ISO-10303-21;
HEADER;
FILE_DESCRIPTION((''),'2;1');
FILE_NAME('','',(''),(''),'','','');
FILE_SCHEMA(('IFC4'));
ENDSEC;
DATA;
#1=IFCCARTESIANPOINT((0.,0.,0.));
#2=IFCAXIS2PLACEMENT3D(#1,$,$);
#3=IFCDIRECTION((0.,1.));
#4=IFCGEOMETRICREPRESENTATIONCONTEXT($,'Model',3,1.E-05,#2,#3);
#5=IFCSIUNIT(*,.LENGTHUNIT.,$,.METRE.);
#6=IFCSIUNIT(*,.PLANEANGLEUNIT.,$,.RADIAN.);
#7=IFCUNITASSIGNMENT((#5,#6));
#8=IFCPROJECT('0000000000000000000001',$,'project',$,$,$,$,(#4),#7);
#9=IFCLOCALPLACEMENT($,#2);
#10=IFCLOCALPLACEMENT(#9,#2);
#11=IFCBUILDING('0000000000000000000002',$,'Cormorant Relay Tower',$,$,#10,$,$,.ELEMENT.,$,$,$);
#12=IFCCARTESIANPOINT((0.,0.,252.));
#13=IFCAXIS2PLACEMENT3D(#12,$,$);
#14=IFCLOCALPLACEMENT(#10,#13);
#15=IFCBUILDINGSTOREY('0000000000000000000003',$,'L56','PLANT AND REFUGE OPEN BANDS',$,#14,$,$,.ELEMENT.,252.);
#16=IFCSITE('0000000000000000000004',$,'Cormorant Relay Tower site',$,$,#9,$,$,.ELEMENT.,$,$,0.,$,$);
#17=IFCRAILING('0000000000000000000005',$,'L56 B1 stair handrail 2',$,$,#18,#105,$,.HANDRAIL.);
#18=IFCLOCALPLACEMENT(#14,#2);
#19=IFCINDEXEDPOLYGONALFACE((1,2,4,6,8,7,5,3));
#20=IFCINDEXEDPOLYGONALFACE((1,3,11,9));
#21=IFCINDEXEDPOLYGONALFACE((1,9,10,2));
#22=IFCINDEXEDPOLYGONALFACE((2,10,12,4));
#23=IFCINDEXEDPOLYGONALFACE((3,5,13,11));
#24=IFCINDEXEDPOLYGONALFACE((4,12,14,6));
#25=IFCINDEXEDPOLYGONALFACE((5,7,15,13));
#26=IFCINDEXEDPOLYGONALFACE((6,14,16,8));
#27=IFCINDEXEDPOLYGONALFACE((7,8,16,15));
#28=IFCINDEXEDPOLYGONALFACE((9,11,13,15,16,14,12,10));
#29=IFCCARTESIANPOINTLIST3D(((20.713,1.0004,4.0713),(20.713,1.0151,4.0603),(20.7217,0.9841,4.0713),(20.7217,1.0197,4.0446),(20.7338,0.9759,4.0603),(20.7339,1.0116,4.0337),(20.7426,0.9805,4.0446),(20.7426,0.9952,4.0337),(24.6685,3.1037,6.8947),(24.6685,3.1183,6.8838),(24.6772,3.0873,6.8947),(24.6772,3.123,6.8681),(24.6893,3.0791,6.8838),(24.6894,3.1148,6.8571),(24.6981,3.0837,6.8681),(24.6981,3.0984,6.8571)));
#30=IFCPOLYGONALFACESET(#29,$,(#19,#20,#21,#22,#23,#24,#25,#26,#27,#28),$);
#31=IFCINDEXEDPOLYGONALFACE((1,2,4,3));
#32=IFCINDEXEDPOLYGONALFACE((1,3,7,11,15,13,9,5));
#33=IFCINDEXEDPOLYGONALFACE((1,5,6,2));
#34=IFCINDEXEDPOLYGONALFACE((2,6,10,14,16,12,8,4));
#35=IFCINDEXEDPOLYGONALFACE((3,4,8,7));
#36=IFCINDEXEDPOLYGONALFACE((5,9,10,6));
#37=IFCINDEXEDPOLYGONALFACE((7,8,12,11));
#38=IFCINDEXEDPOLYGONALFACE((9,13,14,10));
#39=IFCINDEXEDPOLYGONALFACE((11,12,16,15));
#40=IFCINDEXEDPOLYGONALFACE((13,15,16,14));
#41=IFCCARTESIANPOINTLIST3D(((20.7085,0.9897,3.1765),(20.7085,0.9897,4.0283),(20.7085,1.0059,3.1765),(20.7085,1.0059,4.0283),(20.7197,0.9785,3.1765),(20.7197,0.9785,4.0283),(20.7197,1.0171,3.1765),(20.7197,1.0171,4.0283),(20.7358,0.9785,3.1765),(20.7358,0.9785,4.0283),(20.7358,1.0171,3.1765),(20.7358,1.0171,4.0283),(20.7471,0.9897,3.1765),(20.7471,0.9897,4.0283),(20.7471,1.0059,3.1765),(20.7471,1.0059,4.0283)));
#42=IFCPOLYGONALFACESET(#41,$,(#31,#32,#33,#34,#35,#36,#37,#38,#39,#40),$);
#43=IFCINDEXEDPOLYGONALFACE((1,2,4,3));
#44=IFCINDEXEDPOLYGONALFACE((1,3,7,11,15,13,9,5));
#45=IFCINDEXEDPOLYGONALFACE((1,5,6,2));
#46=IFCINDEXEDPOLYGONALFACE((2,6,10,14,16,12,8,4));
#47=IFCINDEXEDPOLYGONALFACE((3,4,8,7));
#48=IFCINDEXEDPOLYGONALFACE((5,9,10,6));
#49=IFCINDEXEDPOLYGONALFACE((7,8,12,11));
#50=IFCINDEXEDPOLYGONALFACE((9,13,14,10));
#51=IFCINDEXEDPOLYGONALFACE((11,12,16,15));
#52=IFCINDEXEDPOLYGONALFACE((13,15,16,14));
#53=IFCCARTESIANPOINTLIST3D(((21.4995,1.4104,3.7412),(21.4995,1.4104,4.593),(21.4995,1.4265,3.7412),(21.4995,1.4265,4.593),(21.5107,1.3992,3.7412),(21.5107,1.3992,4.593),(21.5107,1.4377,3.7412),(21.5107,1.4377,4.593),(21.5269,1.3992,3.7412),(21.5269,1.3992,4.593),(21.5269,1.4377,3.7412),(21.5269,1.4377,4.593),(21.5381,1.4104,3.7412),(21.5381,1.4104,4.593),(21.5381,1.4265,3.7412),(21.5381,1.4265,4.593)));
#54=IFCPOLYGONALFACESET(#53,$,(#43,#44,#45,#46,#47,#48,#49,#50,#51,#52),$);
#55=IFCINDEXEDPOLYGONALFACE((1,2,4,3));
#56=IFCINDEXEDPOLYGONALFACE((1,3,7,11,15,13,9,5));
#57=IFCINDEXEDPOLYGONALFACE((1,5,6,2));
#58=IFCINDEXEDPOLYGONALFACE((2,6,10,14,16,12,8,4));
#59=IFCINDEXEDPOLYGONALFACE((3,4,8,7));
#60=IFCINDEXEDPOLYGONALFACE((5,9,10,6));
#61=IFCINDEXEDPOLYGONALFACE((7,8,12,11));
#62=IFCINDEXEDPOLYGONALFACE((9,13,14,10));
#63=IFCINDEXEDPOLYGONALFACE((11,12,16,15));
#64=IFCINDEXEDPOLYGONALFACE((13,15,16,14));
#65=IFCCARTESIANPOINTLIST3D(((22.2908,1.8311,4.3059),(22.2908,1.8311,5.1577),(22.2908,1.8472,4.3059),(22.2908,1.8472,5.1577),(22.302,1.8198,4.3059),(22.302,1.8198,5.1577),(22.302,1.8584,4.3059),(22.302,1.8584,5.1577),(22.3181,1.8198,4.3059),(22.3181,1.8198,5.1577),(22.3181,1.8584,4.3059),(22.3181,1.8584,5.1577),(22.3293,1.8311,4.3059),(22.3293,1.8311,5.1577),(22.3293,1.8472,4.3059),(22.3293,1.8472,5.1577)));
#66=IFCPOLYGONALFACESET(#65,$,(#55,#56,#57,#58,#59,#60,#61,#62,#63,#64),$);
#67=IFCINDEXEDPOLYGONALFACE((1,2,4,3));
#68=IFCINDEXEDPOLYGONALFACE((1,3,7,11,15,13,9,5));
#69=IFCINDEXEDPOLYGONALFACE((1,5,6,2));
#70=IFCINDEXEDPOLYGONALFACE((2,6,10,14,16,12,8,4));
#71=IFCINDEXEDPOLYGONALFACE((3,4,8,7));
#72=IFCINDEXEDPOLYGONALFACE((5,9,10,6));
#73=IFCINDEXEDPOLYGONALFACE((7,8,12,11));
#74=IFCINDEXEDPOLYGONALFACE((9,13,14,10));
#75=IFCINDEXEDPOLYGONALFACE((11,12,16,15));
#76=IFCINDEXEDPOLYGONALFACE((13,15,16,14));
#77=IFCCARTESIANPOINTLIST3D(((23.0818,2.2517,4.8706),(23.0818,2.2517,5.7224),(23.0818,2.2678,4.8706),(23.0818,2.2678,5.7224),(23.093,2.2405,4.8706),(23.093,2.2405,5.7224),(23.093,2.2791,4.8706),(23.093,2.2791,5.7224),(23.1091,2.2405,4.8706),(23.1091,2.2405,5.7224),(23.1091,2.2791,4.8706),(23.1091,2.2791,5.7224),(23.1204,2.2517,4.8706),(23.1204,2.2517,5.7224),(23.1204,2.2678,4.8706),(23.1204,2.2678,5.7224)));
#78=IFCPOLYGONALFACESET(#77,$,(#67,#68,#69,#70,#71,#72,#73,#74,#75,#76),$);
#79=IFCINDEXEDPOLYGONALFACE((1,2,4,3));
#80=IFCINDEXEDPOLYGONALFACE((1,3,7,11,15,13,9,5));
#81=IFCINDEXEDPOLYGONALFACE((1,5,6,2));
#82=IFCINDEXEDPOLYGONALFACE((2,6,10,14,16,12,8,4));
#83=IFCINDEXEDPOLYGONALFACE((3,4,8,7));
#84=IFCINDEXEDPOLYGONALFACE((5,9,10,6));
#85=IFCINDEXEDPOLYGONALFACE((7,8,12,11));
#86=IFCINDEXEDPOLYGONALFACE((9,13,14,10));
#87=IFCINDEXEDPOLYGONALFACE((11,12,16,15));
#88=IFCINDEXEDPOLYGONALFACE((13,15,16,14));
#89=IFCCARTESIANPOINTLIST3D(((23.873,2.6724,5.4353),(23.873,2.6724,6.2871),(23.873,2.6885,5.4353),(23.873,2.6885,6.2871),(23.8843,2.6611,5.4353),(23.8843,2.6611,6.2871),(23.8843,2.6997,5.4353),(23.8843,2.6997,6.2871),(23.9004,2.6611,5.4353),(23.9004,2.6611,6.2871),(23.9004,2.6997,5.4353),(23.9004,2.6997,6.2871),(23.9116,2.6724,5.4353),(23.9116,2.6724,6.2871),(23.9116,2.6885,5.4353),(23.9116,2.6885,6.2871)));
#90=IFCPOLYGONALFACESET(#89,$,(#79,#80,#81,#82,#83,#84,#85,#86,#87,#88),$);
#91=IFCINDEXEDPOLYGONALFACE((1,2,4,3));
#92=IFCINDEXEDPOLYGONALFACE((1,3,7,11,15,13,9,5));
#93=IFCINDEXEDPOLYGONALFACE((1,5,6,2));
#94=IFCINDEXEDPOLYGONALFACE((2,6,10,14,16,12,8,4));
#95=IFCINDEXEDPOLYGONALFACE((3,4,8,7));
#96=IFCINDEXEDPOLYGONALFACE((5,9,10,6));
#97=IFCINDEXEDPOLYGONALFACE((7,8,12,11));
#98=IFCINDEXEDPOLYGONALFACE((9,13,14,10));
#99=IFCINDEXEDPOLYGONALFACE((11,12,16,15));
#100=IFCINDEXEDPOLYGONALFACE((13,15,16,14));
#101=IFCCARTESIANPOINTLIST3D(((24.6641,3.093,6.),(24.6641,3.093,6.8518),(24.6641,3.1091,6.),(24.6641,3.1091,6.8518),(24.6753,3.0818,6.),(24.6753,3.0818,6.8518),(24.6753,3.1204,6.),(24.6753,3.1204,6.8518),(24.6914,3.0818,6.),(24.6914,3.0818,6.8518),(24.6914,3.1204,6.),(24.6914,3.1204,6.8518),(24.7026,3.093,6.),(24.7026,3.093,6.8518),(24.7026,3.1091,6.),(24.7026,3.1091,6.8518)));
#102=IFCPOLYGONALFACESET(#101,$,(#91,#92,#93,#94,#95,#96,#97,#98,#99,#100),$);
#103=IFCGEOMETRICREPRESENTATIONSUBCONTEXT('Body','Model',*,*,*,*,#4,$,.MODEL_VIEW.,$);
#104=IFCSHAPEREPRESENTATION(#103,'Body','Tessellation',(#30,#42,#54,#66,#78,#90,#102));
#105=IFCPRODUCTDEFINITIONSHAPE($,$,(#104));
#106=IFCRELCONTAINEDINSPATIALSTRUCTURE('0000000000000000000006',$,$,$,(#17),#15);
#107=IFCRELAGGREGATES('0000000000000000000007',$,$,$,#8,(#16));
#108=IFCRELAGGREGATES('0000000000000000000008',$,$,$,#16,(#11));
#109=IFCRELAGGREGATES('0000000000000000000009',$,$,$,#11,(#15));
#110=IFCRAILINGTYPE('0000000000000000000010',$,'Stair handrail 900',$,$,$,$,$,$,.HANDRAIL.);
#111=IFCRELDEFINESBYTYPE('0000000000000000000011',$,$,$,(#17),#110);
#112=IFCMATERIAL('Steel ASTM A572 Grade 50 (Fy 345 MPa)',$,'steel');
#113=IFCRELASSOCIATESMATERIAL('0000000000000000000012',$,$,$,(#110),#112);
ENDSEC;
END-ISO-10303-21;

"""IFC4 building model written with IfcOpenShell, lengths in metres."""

from ifc_helpers import new_model, si_unit, direction, frame, origin, place, context, subcontext, project, spatial, polyline, outline, extrude, material, type_object, element, save


model = new_model("IFC4")

# Units and contexts
model_context = context("Model", 3, precision=1e-05, world=origin(), true_north=direction((0.0, 1.0)))
body_context = subcontext(model_context, "Body", "Model", "MODEL_VIEW")
ifc_project = project(units=[si_unit("LENGTHUNIT", "METRE"), si_unit("PLANEANGLEUNIT", "RADIAN")], contexts=[model_context])

# Site, building, storey
site_placement = place(None, origin())
site = spatial("IfcSite", under=ifc_project, at=site_placement, Name="Cormorant Relay Tower site", CompositionType="ELEMENT", RefElevation=0.0)
building_placement = place(site_placement, origin())
building = spatial("IfcBuilding", under=site, at=building_placement, Name="Cormorant Relay Tower", CompositionType="ELEMENT")
storey_placement = place(building_placement, frame((0.0, 0.0, 252.0)))
storey = spatial("IfcBuildingStorey", under=building, at=storey_placement, Name="L56", Description="PLANT AND REFUGE OPEN BANDS", CompositionType="ELEMENT", Elevation=252.0)

# Railing
ifc_material_1 = material(Name="Steel ASTM A572 Grade 50 (Fy 345 MPa)", Category="steel")
railing_type_1 = type_object("IfcRailingType", Name="Stair handrail 900", PredefinedType="HANDRAIL", material=ifc_material_1)
railing_1_placement = place(storey_placement, frame((20.7278, 0.9978, 3.1765)))
element("IfcRailing", 1, at=railing_1_placement, inside=storey, type_object=railing_type_1, Name="L56 B1 stair handrail 2", PredefinedType="HANDRAIL", context=body_context, shape_type="SweptSolid", body=[
    extrude(outline(polyline([(0.0222, 0.0093), (0.0093, 0.0222), (-0.0093, 0.0222), (-0.0222, 0.0093), (-0.0222, -0.0093), (-0.0093, -0.0222), (0.0093, -0.0222), (0.0222, -0.0093), (0.0222, 0.0093)])), frame((0.0, 0.0, 0.876), z_axis=(0.746967, 0.397181, 0.533186), x_axis=(-0.469482, 0.882942, 0.0)), (0.0, 0.0, 1.0), 5.2954),
    extrude(outline(polyline([(0.0193, 0.0081), (0.0081, 0.0193), (-0.0081, 0.0193), (-0.0193, 0.0081), (-0.0193, -0.0081), (-0.0081, -0.0193), (0.0081, -0.0193), (0.0193, -0.0081), (0.0193, 0.0081)])), origin(), (0.0, 0.0, 1.0), 0.8518),
    extrude(outline(polyline([(0.0193, 0.0081), (0.0081, 0.0193), (-0.0081, 0.0193), (-0.0193, 0.0081), (-0.0193, -0.0081), (-0.0081, -0.0193), (0.0081, -0.0193), (0.0193, -0.0081), (0.0193, 0.0081)])), frame((0.791, 0.4207, 0.5647)), (0.0, 0.0, 1.0), 0.8518),
    extrude(outline(polyline([(0.0193, 0.0081), (0.0081, 0.0193), (-0.0081, 0.0193), (-0.0193, 0.0081), (-0.0193, -0.0081), (-0.0081, -0.0193), (0.0081, -0.0193), (0.0193, -0.0081), (0.0193, 0.0081)])), frame((1.5823, 0.8413, 1.1294)), (0.0, 0.0, 1.0), 0.8518),
    extrude(outline(polyline([(0.0193, 0.0081), (0.0081, 0.0193), (-0.0081, 0.0193), (-0.0193, 0.0081), (-0.0193, -0.0081), (-0.0081, -0.0193), (0.0081, -0.0193), (0.0193, -0.0081), (0.0193, 0.0081)])), frame((2.3733, 1.262, 1.6941)), (0.0, 0.0, 1.0), 0.8518),
    extrude(outline(polyline([(0.0193, 0.0081), (0.0081, 0.0193), (-0.0081, 0.0193), (-0.0193, 0.0081), (-0.0193, -0.0081), (-0.0081, -0.0193), (0.0081, -0.0193), (0.0193, -0.0081), (0.0193, 0.0081)])), frame((3.1646, 1.6826, 2.2588)), (0.0, 0.0, 1.0), 0.8518),
    extrude(outline(polyline([(0.0193, 0.0081), (0.0081, 0.0193), (-0.0081, 0.0193), (-0.0193, 0.0081), (-0.0193, -0.0081), (-0.0081, -0.0193), (0.0081, -0.0193), (0.0193, -0.0081), (0.0193, 0.0081)])), frame((3.9556, 2.1033, 2.8235)), (0.0, 0.0, 1.0), 0.8518),
])

save(model, "model.ifc")
